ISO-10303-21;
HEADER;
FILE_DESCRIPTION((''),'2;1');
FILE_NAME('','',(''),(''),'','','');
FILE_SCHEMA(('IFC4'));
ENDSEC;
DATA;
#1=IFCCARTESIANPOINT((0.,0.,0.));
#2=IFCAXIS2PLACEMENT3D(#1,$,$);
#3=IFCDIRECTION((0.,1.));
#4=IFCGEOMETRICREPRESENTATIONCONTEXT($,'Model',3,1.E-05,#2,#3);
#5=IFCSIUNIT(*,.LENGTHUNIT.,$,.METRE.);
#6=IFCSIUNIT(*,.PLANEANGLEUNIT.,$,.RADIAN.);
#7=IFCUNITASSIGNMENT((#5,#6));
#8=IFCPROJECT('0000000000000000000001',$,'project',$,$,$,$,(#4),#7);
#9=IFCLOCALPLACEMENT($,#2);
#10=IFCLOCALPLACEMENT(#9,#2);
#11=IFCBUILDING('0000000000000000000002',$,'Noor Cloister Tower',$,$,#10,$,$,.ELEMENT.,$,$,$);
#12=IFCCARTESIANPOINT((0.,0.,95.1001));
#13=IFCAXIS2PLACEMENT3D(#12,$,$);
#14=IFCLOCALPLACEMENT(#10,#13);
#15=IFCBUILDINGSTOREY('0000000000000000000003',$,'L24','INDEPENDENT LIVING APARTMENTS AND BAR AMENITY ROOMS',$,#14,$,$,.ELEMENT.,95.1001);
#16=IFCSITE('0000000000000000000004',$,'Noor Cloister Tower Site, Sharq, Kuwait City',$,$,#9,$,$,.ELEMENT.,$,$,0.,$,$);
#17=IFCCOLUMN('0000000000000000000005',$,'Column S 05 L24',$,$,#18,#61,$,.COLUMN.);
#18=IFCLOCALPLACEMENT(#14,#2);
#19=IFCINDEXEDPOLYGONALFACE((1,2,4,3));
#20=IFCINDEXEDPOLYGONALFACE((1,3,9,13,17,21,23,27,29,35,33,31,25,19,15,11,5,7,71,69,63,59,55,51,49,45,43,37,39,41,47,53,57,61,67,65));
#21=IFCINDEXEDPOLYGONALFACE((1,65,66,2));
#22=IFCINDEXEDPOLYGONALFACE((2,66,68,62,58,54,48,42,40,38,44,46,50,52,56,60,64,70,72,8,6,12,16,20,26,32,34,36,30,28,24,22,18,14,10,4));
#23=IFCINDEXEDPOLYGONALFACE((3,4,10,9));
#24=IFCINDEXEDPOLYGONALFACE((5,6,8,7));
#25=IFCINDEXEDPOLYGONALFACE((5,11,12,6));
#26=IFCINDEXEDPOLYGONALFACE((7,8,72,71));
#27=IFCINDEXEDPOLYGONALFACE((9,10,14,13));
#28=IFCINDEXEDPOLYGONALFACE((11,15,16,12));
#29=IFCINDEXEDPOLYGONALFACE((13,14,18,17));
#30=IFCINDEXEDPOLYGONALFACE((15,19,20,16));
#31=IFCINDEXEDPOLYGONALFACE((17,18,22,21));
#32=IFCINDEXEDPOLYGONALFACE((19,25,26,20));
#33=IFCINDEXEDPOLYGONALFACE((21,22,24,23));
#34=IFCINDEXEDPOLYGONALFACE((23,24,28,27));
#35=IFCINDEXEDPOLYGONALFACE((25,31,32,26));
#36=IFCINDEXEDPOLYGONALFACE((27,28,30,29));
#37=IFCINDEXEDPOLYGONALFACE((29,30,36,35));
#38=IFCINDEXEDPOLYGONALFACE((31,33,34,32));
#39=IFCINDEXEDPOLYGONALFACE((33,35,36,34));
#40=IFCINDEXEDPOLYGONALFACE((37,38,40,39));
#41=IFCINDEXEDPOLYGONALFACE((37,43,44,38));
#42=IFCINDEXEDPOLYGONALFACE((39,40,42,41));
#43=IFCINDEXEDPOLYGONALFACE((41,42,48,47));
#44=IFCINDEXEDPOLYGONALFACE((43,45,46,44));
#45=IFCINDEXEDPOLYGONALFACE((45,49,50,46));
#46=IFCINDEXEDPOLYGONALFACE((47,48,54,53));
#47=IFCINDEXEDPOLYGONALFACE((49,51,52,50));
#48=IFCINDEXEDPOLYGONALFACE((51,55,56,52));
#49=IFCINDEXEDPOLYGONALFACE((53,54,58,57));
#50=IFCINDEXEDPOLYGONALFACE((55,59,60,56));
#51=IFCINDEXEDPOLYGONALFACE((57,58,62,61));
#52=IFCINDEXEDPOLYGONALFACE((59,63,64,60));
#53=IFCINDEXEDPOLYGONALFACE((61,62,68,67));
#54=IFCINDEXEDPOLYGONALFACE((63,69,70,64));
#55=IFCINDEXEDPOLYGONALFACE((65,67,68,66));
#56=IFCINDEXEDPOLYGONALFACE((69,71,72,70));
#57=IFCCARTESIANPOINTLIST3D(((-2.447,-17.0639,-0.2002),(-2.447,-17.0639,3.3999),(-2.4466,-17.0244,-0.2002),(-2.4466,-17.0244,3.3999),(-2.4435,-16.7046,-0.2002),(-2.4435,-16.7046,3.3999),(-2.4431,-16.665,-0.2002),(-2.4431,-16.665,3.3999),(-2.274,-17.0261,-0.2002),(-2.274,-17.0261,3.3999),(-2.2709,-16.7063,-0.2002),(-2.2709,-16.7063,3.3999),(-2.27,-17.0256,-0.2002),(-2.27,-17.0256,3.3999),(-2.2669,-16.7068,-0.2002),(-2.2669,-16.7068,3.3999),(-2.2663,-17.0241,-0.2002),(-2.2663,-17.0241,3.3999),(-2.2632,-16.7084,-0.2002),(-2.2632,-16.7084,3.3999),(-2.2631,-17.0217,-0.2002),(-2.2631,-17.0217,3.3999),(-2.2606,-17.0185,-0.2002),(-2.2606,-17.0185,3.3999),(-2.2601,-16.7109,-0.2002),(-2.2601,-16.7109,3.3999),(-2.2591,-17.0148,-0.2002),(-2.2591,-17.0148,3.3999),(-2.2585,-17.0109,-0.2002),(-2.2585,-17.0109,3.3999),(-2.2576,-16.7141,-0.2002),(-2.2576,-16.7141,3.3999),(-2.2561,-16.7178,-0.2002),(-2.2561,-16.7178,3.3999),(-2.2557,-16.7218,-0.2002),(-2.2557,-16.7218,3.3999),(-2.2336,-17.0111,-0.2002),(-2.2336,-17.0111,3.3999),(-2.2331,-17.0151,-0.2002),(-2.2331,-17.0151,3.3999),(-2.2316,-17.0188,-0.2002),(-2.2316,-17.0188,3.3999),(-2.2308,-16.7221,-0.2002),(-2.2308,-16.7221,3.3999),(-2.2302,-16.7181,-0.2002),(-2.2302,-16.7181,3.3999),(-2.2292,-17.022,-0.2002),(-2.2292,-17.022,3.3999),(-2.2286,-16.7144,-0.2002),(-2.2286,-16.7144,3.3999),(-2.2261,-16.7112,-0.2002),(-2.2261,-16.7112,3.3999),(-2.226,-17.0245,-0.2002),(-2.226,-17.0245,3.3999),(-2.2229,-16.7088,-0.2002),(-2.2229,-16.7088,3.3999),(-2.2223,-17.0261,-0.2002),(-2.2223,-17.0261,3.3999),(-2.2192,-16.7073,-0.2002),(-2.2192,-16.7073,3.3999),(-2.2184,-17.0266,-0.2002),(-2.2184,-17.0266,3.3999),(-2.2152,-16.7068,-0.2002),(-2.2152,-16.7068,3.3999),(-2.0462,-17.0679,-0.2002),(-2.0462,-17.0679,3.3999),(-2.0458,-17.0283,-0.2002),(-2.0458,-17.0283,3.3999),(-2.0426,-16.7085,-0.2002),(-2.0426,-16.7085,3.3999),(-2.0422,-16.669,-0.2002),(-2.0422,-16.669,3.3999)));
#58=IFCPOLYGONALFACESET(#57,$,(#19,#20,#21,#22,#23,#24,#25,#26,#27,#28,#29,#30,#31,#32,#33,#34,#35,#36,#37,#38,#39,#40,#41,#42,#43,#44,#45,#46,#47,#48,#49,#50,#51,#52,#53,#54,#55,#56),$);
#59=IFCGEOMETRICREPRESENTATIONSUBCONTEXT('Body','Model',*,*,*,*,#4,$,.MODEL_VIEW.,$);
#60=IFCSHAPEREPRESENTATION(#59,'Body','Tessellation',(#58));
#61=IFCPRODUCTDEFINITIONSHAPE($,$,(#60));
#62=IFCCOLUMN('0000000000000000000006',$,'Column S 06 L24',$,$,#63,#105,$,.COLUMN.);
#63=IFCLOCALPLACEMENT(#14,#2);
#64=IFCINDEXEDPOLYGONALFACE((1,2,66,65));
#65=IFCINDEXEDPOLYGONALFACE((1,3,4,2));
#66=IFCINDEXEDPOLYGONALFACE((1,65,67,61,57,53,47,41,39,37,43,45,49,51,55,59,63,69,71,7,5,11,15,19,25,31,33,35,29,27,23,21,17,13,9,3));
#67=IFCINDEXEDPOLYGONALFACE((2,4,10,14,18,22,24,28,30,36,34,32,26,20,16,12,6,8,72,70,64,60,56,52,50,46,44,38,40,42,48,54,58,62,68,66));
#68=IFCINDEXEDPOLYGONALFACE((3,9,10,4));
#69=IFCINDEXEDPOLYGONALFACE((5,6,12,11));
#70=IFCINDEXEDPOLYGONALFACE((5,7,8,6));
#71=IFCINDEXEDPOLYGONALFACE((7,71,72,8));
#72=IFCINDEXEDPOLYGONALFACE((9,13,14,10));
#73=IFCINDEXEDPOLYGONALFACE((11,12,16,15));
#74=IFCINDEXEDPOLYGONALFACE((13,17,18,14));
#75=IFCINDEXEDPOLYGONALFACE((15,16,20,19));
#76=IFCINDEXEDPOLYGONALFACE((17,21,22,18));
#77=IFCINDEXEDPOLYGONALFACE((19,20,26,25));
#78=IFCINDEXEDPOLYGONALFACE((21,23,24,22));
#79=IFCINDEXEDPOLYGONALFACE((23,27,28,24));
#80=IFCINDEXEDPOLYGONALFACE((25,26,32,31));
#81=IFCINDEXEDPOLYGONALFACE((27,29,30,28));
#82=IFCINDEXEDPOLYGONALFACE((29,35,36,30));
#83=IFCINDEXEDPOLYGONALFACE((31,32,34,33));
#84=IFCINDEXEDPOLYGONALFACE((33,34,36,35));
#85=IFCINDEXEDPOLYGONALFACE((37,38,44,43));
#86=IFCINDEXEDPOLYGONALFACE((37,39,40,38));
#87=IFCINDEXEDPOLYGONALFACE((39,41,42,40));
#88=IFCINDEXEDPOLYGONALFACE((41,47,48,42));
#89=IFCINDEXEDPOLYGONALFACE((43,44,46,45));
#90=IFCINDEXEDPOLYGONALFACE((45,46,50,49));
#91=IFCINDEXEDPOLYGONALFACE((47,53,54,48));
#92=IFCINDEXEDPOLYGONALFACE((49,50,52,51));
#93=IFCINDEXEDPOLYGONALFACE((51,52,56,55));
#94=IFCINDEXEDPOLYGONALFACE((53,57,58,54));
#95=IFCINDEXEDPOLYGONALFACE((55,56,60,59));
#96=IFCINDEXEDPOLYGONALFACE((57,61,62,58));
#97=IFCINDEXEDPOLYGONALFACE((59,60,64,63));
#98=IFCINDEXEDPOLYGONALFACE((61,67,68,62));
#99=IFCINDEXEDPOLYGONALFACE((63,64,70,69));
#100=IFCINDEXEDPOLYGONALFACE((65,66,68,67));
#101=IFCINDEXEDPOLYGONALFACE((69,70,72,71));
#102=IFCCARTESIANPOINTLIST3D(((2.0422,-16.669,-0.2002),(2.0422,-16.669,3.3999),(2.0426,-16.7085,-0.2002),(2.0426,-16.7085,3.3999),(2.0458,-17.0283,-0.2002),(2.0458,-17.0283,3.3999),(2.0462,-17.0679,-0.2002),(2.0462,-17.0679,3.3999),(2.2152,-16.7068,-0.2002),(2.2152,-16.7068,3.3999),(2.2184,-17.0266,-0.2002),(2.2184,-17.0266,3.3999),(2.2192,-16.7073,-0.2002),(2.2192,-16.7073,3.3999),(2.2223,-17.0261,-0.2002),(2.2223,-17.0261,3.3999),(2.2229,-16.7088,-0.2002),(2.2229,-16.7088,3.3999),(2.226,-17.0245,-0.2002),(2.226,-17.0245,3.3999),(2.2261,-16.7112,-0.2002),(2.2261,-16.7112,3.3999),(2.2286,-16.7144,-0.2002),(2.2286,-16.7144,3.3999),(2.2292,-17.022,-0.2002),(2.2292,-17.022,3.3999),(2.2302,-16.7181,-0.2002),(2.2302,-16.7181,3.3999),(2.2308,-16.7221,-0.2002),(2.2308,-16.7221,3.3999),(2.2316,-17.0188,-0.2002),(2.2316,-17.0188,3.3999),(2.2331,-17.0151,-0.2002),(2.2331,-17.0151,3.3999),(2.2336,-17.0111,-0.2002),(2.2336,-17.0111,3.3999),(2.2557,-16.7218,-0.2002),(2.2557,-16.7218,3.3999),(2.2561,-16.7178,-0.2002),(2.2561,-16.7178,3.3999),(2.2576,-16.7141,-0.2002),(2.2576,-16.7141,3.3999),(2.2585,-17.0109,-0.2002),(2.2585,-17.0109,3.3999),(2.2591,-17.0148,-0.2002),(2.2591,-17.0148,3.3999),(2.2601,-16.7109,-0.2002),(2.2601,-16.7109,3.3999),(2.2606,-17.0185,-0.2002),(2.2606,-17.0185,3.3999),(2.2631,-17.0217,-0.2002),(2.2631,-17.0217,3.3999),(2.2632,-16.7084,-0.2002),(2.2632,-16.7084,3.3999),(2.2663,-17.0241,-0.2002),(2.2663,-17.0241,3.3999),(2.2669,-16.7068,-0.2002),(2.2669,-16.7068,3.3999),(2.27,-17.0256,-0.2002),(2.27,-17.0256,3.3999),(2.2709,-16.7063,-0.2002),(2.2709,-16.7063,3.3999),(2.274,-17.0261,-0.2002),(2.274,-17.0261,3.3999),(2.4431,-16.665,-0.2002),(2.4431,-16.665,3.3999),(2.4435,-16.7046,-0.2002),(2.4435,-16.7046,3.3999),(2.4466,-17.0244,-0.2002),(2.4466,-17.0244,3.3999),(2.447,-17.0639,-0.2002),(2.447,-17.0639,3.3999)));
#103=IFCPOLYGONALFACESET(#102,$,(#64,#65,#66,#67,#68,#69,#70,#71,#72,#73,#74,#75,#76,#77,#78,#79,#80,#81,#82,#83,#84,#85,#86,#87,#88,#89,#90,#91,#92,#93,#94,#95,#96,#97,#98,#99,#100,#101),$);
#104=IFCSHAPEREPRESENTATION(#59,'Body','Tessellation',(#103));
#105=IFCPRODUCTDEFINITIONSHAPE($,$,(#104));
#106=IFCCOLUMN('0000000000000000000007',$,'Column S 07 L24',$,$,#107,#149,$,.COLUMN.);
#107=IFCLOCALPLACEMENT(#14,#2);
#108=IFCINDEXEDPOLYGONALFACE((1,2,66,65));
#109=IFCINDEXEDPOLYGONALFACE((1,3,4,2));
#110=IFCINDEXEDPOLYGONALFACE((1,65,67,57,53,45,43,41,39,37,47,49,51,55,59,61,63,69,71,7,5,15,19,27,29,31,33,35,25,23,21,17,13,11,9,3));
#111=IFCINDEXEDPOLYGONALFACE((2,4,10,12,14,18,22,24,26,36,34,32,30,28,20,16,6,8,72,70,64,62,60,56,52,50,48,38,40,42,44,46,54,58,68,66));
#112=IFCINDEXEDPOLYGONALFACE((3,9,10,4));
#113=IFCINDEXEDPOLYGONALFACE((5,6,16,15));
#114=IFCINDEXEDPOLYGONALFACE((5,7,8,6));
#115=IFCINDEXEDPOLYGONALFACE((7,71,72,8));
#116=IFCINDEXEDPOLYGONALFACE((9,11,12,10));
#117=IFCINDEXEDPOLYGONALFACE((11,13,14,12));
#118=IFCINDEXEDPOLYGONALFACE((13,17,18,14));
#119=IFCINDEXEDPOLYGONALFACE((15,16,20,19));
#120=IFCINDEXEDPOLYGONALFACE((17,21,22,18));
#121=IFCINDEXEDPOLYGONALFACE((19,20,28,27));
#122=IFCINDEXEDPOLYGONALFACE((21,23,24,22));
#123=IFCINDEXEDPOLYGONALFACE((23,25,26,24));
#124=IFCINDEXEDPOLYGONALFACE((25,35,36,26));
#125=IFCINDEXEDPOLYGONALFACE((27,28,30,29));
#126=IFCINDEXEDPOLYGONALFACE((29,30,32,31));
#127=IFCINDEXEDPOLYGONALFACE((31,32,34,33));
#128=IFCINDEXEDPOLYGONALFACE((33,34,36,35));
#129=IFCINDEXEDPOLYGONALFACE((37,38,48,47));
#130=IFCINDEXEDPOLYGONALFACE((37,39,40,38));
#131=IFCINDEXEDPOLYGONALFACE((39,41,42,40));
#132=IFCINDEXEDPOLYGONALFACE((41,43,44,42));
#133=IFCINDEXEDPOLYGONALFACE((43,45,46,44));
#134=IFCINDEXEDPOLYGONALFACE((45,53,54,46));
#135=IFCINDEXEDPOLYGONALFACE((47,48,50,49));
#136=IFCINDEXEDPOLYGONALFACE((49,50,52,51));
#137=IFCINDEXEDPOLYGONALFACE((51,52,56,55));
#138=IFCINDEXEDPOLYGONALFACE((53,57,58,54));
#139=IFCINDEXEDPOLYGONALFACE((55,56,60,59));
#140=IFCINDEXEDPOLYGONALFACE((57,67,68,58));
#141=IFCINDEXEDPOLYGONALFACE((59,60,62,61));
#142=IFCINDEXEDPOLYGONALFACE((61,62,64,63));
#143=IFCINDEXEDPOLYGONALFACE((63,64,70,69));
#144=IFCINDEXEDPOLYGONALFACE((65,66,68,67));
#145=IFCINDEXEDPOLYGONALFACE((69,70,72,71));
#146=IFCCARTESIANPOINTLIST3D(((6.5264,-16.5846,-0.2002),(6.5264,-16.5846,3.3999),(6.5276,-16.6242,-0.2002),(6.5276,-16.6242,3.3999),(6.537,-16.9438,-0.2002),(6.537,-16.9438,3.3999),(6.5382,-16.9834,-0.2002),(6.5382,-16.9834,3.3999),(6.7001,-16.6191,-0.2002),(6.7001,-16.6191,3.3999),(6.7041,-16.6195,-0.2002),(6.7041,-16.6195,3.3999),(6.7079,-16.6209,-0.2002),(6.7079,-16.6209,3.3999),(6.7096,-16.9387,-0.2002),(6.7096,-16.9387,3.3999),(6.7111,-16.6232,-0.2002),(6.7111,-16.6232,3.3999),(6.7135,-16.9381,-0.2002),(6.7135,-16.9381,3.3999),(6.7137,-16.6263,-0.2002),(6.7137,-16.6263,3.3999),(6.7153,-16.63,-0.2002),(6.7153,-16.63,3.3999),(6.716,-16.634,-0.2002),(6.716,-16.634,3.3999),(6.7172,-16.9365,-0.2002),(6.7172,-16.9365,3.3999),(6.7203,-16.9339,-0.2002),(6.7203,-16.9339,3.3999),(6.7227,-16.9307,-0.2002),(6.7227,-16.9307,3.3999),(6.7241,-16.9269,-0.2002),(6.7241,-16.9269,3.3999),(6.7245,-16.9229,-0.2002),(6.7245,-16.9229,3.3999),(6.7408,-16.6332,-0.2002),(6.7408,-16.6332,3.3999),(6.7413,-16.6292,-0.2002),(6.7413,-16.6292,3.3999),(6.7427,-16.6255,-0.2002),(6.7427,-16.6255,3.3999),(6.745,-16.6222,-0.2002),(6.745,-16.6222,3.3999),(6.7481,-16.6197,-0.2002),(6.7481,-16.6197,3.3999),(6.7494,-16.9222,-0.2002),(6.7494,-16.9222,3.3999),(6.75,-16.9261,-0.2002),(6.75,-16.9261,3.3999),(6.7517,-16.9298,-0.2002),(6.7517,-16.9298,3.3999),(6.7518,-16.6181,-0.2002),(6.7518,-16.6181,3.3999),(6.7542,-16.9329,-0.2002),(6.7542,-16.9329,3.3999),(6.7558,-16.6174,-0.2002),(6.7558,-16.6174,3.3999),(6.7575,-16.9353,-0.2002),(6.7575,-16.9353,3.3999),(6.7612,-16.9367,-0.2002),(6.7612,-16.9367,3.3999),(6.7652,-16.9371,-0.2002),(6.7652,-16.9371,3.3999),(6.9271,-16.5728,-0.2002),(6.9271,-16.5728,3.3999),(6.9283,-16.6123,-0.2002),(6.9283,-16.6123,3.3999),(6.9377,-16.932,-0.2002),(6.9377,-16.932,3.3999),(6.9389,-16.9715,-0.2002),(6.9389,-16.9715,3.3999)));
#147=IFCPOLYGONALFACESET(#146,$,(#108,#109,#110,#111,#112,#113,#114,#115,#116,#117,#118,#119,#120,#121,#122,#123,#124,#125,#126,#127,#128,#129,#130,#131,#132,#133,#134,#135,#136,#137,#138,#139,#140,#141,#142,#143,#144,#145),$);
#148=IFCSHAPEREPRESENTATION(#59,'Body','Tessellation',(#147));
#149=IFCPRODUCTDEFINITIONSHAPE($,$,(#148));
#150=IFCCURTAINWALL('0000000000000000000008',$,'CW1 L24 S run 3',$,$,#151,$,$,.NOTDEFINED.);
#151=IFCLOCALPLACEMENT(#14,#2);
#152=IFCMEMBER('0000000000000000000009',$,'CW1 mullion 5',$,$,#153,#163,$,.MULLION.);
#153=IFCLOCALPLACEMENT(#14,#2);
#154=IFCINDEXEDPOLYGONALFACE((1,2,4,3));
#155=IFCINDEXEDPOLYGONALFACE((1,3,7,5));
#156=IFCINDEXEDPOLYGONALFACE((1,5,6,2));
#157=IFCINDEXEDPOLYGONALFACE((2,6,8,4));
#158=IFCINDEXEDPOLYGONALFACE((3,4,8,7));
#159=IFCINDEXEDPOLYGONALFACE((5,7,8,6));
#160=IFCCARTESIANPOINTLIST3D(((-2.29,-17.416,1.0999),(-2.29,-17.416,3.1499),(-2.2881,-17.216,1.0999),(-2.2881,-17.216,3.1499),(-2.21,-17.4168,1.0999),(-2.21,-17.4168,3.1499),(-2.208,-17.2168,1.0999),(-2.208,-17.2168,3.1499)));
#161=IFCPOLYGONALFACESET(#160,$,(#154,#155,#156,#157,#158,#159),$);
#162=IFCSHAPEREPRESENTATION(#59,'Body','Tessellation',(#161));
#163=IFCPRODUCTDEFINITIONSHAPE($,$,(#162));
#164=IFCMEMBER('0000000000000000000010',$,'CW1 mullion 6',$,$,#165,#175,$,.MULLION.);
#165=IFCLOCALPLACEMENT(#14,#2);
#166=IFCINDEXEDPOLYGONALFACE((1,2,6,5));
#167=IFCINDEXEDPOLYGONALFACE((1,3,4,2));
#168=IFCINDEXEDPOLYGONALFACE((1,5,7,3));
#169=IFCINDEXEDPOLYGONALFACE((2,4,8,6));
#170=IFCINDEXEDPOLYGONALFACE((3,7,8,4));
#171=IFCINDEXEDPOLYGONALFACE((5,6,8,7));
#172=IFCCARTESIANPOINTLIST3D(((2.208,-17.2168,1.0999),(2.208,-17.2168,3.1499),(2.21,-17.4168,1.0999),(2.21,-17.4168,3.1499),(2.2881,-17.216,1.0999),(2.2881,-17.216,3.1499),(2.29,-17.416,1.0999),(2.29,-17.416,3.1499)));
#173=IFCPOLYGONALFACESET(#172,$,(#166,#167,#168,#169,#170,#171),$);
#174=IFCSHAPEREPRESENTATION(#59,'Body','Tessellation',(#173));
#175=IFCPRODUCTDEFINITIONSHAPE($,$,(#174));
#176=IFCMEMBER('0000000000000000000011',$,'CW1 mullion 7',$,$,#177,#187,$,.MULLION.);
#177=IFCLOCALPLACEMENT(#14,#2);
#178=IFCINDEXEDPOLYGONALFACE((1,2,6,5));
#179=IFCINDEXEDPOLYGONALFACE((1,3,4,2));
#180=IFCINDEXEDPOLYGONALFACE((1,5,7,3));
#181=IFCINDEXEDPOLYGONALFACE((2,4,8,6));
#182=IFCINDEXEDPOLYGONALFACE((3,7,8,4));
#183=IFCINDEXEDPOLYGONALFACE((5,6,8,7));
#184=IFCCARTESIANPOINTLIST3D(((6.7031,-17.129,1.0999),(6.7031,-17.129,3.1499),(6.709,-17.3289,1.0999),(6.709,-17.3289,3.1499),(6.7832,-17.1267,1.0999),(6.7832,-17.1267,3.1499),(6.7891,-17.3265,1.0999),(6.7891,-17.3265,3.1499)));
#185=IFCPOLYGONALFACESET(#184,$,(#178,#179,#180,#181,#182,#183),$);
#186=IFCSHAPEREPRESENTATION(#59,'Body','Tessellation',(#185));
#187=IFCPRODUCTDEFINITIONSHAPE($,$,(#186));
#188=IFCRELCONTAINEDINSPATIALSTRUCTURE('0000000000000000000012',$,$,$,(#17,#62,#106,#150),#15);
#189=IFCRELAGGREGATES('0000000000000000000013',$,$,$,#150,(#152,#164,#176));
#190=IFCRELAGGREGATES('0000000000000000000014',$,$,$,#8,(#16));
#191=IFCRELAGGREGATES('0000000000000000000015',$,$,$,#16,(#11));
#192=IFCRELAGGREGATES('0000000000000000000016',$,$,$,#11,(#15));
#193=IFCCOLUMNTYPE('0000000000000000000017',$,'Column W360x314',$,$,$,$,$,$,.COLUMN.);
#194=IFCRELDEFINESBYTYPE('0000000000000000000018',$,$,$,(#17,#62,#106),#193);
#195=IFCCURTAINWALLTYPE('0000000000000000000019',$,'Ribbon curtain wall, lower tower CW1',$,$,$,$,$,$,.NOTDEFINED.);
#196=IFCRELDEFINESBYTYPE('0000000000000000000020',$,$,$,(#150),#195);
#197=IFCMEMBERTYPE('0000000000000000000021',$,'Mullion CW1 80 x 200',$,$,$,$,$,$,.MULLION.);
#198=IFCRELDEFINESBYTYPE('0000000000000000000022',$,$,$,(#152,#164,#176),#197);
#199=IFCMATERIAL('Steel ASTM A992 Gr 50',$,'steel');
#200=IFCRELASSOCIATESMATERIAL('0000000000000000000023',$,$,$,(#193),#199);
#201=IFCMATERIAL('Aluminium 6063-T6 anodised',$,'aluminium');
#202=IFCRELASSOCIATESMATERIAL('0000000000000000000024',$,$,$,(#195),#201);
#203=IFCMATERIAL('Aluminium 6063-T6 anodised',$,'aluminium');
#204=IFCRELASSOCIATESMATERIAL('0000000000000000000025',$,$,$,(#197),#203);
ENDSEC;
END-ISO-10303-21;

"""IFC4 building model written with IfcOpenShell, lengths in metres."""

from ifc_helpers import new_model, si_unit, direction, frame, origin, origin_2d, place, context, subcontext, project, spatial, rectangle, i_section, extrude, material, material_profile, profile_set, type_object, element, aggregate, save


model = new_model("IFC4")

# Units and contexts
model_context = context("Model", 3, precision=1e-05, world=origin(), true_north=direction((0.0, 1.0)))
body_context = subcontext(model_context, "Body", "Model", "MODEL_VIEW")
ifc_project = project(units=[si_unit("LENGTHUNIT", "METRE"), si_unit("PLANEANGLEUNIT", "RADIAN")], contexts=[model_context])

# Site, building, storey
site_placement = place(None, origin())
site = spatial("IfcSite", under=ifc_project, at=site_placement, Name="Noor Cloister Tower Site, Sharq, Kuwait City", CompositionType="ELEMENT", RefElevation=0.0)
building_placement = place(site_placement, origin())
building = spatial("IfcBuilding", under=site, at=building_placement, Name="Noor Cloister Tower", CompositionType="ELEMENT")
storey_placement = place(building_placement, frame((0.0, 0.0, 95.1001)))
storey = spatial("IfcBuildingStorey", under=building, at=storey_placement, Name="L24", Description="INDEPENDENT LIVING APARTMENTS AND BAR AMENITY ROOMS", CompositionType="ELEMENT", Elevation=95.1001)

# Columns
ifc_material_1 = material(Name="Steel ASTM A992 Gr 50", Category="steel")
ifc_material_profile_1 = material_profile(ifc_material_1, i_section(OverallWidth=0.4009, OverallDepth=0.3989, WebThickness=0.0249, FlangeThickness=0.0396, FilletRadius=0.0154, at=origin_2d()), Name="W360x314")
ifc_profile_set_1 = profile_set([ifc_material_profile_1], Name="Steel ASTM A992 Gr 50")
column_type = type_object("IfcColumnType", Name="Column W360x314", PredefinedType="COLUMN", material=ifc_profile_set_1)
for number, where, z_axis, x_axis, name in (
    (1, (-2.2446, -16.8665, -0.2002), (0.0, 0.0, 1.0), (0.999952, -0.009841, 0.0), "Column S 05 L24"),
    (2, (2.2446, -16.8665, -0.2002), (0.0, 0.0, 1.0), (0.999952, 0.009841, 0.0), "Column S 06 L24"),
    (3, (6.7327, -16.7781, -0.2002), (0.0, 0.0, 1.0), (0.999564, 0.029521, 0.0), "Column S 07 L24"),
):
    element("IfcColumn", number, at=place(storey_placement, frame(where, z_axis=z_axis, x_axis=x_axis)), inside=storey, type_object=column_type, Name=name, PredefinedType="COLUMN", context=body_context, shape_type="SweptSolid", body=[
        extrude(i_section(OverallWidth=0.4009, OverallDepth=0.3989, WebThickness=0.0249, FlangeThickness=0.0396, FilletRadius=0.0154, at=origin_2d()), origin(), (0.0, 0.0, 1.0), 3.6001),
    ])

# Curtain wall, members
ifc_material_2 = material(Name="Aluminium 6063-T6 anodised", Category="aluminium")
curtain_wall_type = type_object("IfcCurtainWallType", Name="Ribbon curtain wall, lower tower CW1", PredefinedType="NOTDEFINED", material=ifc_material_2)
curtain_wall_placement = place(storey_placement, origin())
curtain_wall = element("IfcCurtainWall", 4, at=curtain_wall_placement, inside=storey, type_object=curtain_wall_type, Name="CW1 L24 S run 3", PredefinedType="NOTDEFINED")
ifc_material_3 = material(Name="Aluminium 6063-T6 anodised", Category="aluminium")
ifc_material_profile_2 = material_profile(ifc_material_3, rectangle(XDim=0.2, YDim=0.0801, at=origin_2d()), Name="200 x 80 mullion")
ifc_profile_set_2 = profile_set([ifc_material_profile_2], Name="Aluminium 6063-T6 anodised")
member_type = type_object("IfcMemberType", Name="Mullion CW1 80 x 200", PredefinedType="MULLION", material=ifc_profile_set_2)
member_1_placement = place(storey_placement, frame((-2.249, -17.3164, 1.0999), z_axis=(0.0, 0.0, 1.0), x_axis=(0.009841, 0.999952, 0.0)))
member_1 = element("IfcMember", 5, at=member_1_placement, type_object=member_type, Name="CW1 mullion 5", PredefinedType="MULLION", context=body_context, shape_type="SweptSolid", body=[
    extrude(rectangle(XDim=0.2, YDim=0.0801, at=origin_2d()), origin(), (0.0, 0.0, 1.0), 2.05),
])
member_2_placement = place(storey_placement, frame((2.249, -17.3164, 1.0999), z_axis=(0.0, 0.0, 1.0), x_axis=(-0.009841, 0.999952, 0.0)))
member_2 = element("IfcMember", 6, at=member_2_placement, type_object=member_type, Name="CW1 mullion 6", PredefinedType="MULLION", context=body_context, shape_type="SweptSolid", body=[
    extrude(rectangle(XDim=0.2, YDim=0.0801, at=origin_2d()), origin(), (0.0, 0.0, 1.0), 2.05),
])
member_3_placement = place(storey_placement, frame((6.7461, -17.2278, 1.0999), z_axis=(0.0, 0.0, 1.0), x_axis=(-0.029521, 0.999564, 0.0)))
member_3 = element("IfcMember", 7, at=member_3_placement, type_object=member_type, Name="CW1 mullion 7", PredefinedType="MULLION", context=body_context, shape_type="SweptSolid", body=[
    extrude(rectangle(XDim=0.2, YDim=0.0801, at=origin_2d()), origin(), (0.0, 0.0, 1.0), 2.05),
])

aggregate(curtain_wall, [member_1, member_2, member_3])

save(model, "model.ifc")
